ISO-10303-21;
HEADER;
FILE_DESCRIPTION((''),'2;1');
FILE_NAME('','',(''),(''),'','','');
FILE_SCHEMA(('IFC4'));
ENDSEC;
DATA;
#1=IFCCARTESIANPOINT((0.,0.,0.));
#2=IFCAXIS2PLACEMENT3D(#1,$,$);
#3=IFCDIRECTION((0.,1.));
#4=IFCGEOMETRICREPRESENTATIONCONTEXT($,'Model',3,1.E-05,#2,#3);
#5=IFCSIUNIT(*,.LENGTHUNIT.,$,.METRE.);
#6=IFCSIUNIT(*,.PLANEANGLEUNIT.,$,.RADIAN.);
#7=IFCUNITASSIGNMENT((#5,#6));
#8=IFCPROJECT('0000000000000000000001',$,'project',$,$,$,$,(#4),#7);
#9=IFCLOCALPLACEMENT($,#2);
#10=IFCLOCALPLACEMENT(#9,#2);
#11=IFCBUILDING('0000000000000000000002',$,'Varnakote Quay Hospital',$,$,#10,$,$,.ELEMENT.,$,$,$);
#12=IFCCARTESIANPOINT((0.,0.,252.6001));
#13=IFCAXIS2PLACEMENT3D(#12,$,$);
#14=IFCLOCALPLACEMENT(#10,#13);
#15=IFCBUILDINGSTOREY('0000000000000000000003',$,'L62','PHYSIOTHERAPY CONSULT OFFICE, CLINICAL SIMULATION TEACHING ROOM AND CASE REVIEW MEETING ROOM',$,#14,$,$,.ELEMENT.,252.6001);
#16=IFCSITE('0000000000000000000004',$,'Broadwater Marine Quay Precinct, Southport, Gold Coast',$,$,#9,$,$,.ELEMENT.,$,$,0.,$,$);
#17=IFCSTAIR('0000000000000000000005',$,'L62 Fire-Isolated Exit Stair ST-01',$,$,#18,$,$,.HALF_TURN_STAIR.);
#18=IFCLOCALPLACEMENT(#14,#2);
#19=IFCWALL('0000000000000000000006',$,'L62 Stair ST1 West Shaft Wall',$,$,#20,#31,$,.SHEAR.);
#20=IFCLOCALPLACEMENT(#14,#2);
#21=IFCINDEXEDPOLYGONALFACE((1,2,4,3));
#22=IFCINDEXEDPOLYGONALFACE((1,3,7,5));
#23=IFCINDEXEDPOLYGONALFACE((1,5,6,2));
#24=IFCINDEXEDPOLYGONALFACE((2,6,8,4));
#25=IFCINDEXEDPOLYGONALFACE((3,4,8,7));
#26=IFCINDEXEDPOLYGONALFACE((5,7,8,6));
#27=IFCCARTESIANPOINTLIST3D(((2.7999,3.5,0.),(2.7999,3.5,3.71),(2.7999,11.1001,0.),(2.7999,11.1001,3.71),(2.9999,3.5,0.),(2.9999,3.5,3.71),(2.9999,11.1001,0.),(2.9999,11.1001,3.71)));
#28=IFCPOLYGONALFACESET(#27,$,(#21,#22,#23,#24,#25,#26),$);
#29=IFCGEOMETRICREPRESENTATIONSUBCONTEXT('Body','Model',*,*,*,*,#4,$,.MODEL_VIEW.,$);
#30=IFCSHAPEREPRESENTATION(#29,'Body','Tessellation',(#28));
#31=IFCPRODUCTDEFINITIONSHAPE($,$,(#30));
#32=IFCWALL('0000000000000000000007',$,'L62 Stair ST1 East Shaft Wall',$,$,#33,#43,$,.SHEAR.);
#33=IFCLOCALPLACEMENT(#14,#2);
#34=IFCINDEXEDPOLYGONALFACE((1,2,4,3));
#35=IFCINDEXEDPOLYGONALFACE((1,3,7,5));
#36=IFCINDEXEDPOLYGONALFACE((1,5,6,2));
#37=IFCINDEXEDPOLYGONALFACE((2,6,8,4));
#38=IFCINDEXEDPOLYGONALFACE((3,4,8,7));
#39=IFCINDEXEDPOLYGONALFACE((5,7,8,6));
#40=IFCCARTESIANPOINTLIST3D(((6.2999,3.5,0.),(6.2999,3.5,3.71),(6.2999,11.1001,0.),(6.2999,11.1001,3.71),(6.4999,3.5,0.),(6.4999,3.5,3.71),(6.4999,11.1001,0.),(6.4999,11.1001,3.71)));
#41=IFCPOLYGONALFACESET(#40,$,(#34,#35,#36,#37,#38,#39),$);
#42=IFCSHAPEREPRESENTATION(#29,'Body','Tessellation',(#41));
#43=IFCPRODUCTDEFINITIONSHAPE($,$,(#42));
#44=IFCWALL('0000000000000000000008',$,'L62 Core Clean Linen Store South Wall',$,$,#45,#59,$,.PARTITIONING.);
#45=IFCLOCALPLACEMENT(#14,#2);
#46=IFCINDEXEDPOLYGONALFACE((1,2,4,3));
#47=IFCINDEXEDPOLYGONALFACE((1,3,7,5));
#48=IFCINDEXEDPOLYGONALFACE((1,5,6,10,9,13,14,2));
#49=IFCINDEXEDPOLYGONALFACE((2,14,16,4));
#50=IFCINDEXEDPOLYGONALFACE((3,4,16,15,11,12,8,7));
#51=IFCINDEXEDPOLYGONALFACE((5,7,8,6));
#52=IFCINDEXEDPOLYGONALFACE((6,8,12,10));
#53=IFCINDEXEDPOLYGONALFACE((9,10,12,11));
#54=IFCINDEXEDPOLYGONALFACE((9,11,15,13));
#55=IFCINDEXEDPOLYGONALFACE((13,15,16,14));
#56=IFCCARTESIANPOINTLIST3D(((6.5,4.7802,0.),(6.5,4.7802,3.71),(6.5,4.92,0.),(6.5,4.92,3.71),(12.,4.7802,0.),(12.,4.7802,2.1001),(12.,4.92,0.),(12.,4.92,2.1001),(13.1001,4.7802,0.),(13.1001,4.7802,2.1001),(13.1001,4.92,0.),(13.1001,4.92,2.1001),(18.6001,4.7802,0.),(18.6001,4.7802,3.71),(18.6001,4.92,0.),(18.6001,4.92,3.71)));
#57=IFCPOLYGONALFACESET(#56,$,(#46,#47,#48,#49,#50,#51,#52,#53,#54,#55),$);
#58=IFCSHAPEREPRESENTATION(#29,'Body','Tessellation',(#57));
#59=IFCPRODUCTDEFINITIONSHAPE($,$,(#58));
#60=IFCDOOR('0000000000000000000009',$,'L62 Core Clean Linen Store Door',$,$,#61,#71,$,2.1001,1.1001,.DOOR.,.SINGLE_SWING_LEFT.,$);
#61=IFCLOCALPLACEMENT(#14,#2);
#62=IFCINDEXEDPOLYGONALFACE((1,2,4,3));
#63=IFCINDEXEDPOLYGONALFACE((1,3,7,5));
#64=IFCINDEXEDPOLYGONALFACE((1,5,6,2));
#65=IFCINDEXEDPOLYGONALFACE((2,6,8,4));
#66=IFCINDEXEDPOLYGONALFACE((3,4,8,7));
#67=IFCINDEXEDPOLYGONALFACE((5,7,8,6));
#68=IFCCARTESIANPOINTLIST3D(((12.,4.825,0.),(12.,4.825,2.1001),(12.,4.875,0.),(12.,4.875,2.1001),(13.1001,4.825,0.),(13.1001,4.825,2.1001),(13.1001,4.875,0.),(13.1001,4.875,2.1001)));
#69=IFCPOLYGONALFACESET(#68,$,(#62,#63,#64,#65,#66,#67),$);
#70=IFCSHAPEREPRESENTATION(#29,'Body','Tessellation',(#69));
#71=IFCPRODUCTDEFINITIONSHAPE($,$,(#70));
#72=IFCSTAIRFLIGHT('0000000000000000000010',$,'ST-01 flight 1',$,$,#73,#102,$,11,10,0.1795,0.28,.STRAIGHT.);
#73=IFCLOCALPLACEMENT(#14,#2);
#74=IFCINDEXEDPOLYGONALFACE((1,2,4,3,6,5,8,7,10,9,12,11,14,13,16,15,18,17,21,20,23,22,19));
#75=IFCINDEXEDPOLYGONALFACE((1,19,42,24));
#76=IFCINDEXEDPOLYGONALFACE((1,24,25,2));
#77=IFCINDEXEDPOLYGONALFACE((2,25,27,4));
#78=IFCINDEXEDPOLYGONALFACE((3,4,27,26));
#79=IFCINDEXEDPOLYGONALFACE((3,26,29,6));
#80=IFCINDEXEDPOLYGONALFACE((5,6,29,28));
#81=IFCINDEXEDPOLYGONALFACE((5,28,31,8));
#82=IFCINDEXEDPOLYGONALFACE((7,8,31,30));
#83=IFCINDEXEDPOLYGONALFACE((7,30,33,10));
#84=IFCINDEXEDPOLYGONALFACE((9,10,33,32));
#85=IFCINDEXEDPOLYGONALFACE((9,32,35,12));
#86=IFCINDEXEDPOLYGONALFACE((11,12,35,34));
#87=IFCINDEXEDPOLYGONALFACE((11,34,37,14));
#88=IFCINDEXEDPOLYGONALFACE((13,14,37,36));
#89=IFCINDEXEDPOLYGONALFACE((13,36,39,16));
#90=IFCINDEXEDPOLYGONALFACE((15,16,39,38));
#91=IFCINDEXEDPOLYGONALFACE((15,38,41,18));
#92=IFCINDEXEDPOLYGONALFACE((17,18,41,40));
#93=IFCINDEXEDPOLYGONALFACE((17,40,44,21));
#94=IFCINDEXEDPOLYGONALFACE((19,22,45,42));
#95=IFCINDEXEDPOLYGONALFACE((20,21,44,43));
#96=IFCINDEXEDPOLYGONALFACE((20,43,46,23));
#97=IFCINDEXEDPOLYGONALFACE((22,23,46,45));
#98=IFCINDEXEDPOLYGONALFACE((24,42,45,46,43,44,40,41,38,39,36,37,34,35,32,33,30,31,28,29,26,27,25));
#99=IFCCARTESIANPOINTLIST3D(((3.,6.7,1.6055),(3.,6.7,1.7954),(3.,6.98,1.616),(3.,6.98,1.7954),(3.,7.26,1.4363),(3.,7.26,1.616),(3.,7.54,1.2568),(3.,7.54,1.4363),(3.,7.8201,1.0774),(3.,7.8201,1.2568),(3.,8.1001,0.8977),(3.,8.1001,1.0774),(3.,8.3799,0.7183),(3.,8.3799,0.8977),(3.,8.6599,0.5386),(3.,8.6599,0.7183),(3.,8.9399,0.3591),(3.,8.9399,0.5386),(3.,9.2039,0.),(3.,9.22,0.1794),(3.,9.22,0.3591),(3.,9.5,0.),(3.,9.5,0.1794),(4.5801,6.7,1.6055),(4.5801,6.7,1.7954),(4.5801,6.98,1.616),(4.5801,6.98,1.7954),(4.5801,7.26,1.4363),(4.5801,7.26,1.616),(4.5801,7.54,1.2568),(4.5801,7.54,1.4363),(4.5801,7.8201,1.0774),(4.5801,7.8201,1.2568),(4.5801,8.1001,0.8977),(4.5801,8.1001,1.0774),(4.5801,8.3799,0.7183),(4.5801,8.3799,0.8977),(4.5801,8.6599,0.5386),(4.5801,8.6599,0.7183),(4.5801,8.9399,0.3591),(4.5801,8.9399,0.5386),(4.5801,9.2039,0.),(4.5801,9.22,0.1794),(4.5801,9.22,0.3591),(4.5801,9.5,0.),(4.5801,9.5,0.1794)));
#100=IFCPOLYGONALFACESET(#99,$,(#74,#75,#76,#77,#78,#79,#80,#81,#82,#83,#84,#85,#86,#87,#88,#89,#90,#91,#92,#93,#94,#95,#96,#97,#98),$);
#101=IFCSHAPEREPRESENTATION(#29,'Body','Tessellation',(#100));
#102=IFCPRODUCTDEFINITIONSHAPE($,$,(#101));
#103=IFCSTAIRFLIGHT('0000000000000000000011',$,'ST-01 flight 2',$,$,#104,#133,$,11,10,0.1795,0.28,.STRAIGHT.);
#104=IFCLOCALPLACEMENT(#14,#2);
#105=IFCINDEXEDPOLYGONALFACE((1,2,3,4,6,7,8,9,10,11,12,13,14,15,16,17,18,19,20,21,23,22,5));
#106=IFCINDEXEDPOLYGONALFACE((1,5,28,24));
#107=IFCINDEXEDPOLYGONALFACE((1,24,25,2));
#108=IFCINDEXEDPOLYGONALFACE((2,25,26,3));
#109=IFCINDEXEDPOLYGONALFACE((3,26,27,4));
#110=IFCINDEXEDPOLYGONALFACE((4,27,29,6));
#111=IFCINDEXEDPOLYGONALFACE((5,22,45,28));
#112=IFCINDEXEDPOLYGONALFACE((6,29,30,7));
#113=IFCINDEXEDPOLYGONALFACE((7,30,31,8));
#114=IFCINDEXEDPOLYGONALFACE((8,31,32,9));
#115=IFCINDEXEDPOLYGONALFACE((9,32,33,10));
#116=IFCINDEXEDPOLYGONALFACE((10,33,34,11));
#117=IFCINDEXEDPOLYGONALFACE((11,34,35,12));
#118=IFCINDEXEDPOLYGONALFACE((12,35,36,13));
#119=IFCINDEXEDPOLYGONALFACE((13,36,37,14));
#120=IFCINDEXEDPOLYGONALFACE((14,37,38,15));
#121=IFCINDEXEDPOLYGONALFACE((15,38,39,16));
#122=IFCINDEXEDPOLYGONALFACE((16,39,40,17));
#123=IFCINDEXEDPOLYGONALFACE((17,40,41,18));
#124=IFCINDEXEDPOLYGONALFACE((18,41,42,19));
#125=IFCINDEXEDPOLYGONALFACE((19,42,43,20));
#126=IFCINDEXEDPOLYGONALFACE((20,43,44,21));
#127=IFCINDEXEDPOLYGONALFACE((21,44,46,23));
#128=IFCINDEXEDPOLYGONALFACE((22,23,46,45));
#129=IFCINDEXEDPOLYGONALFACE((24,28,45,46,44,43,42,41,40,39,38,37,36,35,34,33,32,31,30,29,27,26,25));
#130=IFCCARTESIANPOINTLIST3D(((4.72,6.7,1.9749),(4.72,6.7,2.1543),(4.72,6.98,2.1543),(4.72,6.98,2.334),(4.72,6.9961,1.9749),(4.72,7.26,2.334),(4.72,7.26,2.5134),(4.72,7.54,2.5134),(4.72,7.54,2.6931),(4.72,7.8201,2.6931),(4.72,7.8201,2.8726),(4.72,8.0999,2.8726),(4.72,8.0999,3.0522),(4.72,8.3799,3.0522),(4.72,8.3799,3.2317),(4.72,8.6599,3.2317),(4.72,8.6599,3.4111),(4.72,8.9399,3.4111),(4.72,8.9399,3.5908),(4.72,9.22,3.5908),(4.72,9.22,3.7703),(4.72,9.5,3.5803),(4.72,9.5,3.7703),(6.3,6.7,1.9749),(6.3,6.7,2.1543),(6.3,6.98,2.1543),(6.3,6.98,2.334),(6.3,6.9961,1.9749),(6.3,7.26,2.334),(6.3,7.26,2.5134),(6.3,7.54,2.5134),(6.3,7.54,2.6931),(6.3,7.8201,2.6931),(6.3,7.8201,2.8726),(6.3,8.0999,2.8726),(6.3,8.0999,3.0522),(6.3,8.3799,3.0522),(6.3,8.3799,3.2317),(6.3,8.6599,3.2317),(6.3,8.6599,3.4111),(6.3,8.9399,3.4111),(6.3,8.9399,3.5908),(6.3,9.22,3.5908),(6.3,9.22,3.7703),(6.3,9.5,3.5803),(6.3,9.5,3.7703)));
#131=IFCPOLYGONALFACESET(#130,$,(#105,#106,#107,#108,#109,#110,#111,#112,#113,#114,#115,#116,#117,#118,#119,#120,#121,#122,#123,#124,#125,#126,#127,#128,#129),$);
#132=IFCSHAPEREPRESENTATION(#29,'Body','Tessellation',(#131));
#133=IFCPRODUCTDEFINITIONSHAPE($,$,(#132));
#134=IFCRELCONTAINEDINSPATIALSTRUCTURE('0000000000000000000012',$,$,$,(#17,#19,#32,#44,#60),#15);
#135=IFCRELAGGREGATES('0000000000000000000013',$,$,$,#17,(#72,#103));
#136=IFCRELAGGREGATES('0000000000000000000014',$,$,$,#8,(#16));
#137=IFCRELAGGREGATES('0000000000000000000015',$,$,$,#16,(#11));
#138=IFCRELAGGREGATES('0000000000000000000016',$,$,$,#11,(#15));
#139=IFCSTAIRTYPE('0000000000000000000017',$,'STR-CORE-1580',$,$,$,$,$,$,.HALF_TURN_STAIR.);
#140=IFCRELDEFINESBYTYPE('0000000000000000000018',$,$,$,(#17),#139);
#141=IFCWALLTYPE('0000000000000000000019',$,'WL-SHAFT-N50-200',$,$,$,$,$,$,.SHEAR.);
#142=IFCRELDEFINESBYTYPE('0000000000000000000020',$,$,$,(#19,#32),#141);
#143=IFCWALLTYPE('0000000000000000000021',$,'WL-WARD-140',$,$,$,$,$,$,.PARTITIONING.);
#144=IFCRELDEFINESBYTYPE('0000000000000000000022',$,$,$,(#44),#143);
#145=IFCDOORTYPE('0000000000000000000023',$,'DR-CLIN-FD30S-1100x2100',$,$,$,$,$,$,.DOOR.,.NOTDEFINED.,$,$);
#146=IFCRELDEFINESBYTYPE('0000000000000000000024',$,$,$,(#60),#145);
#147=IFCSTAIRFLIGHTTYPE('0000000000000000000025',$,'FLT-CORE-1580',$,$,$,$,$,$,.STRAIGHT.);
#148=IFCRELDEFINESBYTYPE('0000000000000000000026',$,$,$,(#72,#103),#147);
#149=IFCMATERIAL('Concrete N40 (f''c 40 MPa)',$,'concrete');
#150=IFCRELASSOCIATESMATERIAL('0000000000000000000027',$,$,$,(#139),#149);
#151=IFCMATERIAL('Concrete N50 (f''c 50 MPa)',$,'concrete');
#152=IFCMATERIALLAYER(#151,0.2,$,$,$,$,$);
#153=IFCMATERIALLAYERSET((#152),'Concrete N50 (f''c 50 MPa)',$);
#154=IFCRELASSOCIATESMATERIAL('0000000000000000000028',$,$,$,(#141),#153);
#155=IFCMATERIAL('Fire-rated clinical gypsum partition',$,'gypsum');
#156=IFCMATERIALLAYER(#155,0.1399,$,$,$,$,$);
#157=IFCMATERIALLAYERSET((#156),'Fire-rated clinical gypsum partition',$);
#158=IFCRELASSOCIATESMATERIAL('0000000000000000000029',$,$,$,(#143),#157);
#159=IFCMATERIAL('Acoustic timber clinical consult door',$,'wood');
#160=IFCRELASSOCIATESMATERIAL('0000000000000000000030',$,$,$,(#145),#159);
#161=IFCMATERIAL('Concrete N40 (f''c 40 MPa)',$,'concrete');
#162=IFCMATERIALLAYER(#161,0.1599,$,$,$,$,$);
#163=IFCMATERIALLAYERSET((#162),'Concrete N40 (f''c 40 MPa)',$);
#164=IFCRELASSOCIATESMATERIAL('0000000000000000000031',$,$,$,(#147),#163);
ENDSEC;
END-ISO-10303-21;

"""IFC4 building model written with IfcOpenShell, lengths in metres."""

from ifc_helpers import new_model, si_unit, direction, frame, frame_2d, origin, place, context, subcontext, project, spatial, polyline, rectangle, outline, extrude, material, layer, layer_set, type_object, element, fill, aggregate, save


model = new_model("IFC4")

# Units and contexts
model_context = context("Model", 3, precision=1e-05, world=origin(), true_north=direction((0.0, 1.0)))
body_context = subcontext(model_context, "Body", "Model", "MODEL_VIEW")
ifc_project = project(units=[si_unit("LENGTHUNIT", "METRE"), si_unit("PLANEANGLEUNIT", "RADIAN")], contexts=[model_context])

# Site, building, storey
site_placement = place(None, origin())
site = spatial("IfcSite", under=ifc_project, at=site_placement, Name="Broadwater Marine Quay Precinct, Southport, Gold Coast", CompositionType="ELEMENT", RefElevation=0.0)
building_placement = place(site_placement, origin())
building = spatial("IfcBuilding", under=site, at=building_placement, Name="Varnakote Quay Hospital", CompositionType="ELEMENT")
storey_placement = place(building_placement, frame((0.0, 0.0, 252.6001)))
storey = spatial("IfcBuildingStorey", under=building, at=storey_placement, Name="L62", Description="PHYSIOTHERAPY CONSULT OFFICE, CLINICAL SIMULATION TEACHING ROOM AND CASE REVIEW MEETING ROOM", CompositionType="ELEMENT", Elevation=252.6001)

# Stair
ifc_material_1 = material(Name="Concrete N40 (f'c 40 MPa)", Category="concrete")
stair_type = type_object("IfcStairType", Name="STR-CORE-1580", PredefinedType="HALF_TURN_STAIR", material=ifc_material_1)
stair_1_placement = place(storey_placement, origin())
stair_1 = element("IfcStair", 1, at=stair_1_placement, inside=storey, type_object=stair_type, Name="L62 Fire-Isolated Exit Stair ST-01", PredefinedType="HALF_TURN_STAIR")

# Walls
ifc_material_2 = material(Name="Concrete N50 (f'c 50 MPa)", Category="concrete")
ifc_layer_1 = layer(ifc_material_2, 0.2)
ifc_layer_set_1 = layer_set([ifc_layer_1], Name="Concrete N50 (f'c 50 MPa)")
wall_type_1 = type_object("IfcWallType", Name="WL-SHAFT-N50-200", PredefinedType="SHEAR", material=ifc_layer_set_1)
for number, where, z_axis, x_axis, name in (
    (2, (2.8999, 3.5, 0.0), (0.0, 0.0, 1.0), (0.0, 1.0, 0.0), "L62 Stair ST1 West Shaft Wall"),
    (3, (6.3999, 3.5, 0.0), (0.0, 0.0, 1.0), (0.0, 1.0, 0.0), "L62 Stair ST1 East Shaft Wall"),
):
    element("IfcWall", number, at=place(storey_placement, frame(where, z_axis=z_axis, x_axis=x_axis)), inside=storey, type_object=wall_type_1, Name=name, PredefinedType="SHEAR", context=body_context, shape_type="SweptSolid", body=[
        extrude(rectangle(XDim=7.6001, YDim=0.2, at=frame_2d((3.8, 0.0))), origin(), (0.0, 0.0, 1.0), 3.71),
    ])

# Wall, opening, door
ifc_material_3 = material(Name="Fire-rated clinical gypsum partition", Category="gypsum")
ifc_layer_2 = layer(ifc_material_3, 0.1399)
ifc_layer_set_2 = layer_set([ifc_layer_2], Name="Fire-rated clinical gypsum partition")
wall_type_2 = type_object("IfcWallType", Name="WL-WARD-140", PredefinedType="PARTITIONING", material=ifc_layer_set_2)
wall_1_placement = place(storey_placement, frame((6.5, 4.8501, 0.0), z_axis=(0.0, 0.0, 1.0), x_axis=(1.0, 0.0, 0.0)))
wall_1 = element("IfcWall", 4, at=wall_1_placement, inside=storey, type_object=wall_type_2, Name="L62 Core Clean Linen Store South Wall", PredefinedType="PARTITIONING", context=body_context, shape_type="SweptSolid", body=[
    extrude(rectangle(XDim=12.1001, YDim=0.1399, at=frame_2d((6.05, 0.0))), origin(), (0.0, 0.0, 1.0), 3.71),
])
opening_1_placement = place(wall_1_placement, frame((5.5, 0.0, 0.0)))
opening_1 = element("IfcOpeningElement", 5, at=opening_1_placement, cuts=wall_1, PredefinedType="OPENING", context=body_context, shape_type="SweptSolid", body=[
    extrude(rectangle(XDim=1.1001, YDim=2.1001, at=frame_2d((0.55, 1.05))), frame((0.0, 0.0798, 0.0), z_axis=(0.0, -1.0, 0.0), x_axis=(1.0, 0.0, 0.0)), (0.0, 0.0, 1.0), 0.1599),
])
ifc_material_4 = material(Name="Acoustic timber clinical consult door", Category="wood")
door_type_1 = type_object("IfcDoorType", Name="DR-CLIN-FD30S-1100x2100", OperationType="NOTDEFINED", PredefinedType="DOOR", material=ifc_material_4)
door_1_placement = place(opening_1_placement, origin())
door_1 = element("IfcDoor", 6, at=door_1_placement, inside=storey, type_object=door_type_1, Name="L62 Core Clean Linen Store Door", OperationType="SINGLE_SWING_LEFT", OverallHeight=2.1001, OverallWidth=1.1001, PredefinedType="DOOR", context=body_context, shape_type="SweptSolid", body=[
    extrude(rectangle(XDim=1.1001, YDim=2.1001, at=frame_2d((0.55, 1.05))), frame((0.0, 0.0249, 0.0), z_axis=(0.0, -1.0, 0.0), x_axis=(1.0, 0.0, 0.0)), (0.0, 0.0, 1.0), 0.05),
])
fill(opening_1, door_1)

# Stair flights
ifc_material_5 = material(Name="Concrete N40 (f'c 40 MPa)", Category="concrete")
ifc_layer_3 = layer(ifc_material_5, 0.1599)
ifc_layer_set_3 = layer_set([ifc_layer_3], Name="Concrete N40 (f'c 40 MPa)")
stair_flight_type = type_object("IfcStairFlightType", Name="FLT-CORE-1580", PredefinedType="STRAIGHT", material=ifc_layer_set_3)
stair_flight_1_placement = place(storey_placement, frame((3.79, 9.5, 0.0), z_axis=(0.0, 0.0, 1.0), x_axis=(0.0, -1.0, 0.0)))
stair_flight_1 = element("IfcStairFlight", 7, at=stair_flight_1_placement, type_object=stair_flight_type, Name="ST-01 flight 1", NumberOfRisers=11, NumberOfTreads=10, PredefinedType="STRAIGHT", RiserHeight=0.1795, TreadLength=0.28, context=body_context, shape_type="SweptSolid", body=[
    extrude(outline(polyline([(0.0, 0.0), (0.0, 0.1794), (0.28, 0.1794), (0.28, 0.3591), (0.5601, 0.3591), (0.5601, 0.5386), (0.8401, 0.5386), (0.8401, 0.7183), (1.1201, 0.7183), (1.1201, 0.8977), (1.3999, 0.8977), (1.3999, 1.0774), (1.6799, 1.0774), (1.6799, 1.2568), (1.96, 1.2568), (1.96, 1.4363), (2.24, 1.4363), (2.24, 1.616), (2.52, 1.616), (2.52, 1.7954), (2.8, 1.7954), (2.8, 1.9751), (2.8, 1.6055), (0.2961, 0.0), (0.0, 0.0)])), frame((0.0, 0.79, 0.0), z_axis=(0.0, -1.0, 0.0), x_axis=(1.0, 0.0, 0.0)), (0.0, 0.0, 1.0), 1.5801),
])
stair_flight_2_placement = place(storey_placement, frame((5.51, 6.7, 1.9749), z_axis=(0.0, 0.0, 1.0), x_axis=(0.0, 1.0, 0.0)))
stair_flight_2 = element("IfcStairFlight", 8, at=stair_flight_2_placement, type_object=stair_flight_type, Name="ST-01 flight 2", NumberOfRisers=11, NumberOfTreads=10, PredefinedType="STRAIGHT", RiserHeight=0.1795, TreadLength=0.28, context=body_context, shape_type="SweptSolid", body=[
    extrude(outline(polyline([(0.0, 0.0), (0.0, 0.1794), (0.28, 0.1794), (0.28, 0.3591), (0.5601, 0.3591), (0.5601, 0.5386), (0.8401, 0.5386), (0.8401, 0.7183), (1.1201, 0.7183), (1.1201, 0.8977), (1.3999, 0.8977), (1.3999, 1.0774), (1.6799, 1.0774), (1.6799, 1.2568), (1.96, 1.2568), (1.96, 1.4363), (2.24, 1.4363), (2.24, 1.616), (2.52, 1.616), (2.52, 1.7954), (2.8, 1.7954), (2.8, 1.9751), (2.8, 1.6055), (0.2961, 0.0), (0.0, 0.0)])), frame((0.0, 0.79, 0.0), z_axis=(0.0, -1.0, 0.0), x_axis=(1.0, 0.0, 0.0)), (0.0, 0.0, 1.0), 1.5801),
])
aggregate(stair_1, [stair_flight_1, stair_flight_2])

save(model, "model.ifc")
